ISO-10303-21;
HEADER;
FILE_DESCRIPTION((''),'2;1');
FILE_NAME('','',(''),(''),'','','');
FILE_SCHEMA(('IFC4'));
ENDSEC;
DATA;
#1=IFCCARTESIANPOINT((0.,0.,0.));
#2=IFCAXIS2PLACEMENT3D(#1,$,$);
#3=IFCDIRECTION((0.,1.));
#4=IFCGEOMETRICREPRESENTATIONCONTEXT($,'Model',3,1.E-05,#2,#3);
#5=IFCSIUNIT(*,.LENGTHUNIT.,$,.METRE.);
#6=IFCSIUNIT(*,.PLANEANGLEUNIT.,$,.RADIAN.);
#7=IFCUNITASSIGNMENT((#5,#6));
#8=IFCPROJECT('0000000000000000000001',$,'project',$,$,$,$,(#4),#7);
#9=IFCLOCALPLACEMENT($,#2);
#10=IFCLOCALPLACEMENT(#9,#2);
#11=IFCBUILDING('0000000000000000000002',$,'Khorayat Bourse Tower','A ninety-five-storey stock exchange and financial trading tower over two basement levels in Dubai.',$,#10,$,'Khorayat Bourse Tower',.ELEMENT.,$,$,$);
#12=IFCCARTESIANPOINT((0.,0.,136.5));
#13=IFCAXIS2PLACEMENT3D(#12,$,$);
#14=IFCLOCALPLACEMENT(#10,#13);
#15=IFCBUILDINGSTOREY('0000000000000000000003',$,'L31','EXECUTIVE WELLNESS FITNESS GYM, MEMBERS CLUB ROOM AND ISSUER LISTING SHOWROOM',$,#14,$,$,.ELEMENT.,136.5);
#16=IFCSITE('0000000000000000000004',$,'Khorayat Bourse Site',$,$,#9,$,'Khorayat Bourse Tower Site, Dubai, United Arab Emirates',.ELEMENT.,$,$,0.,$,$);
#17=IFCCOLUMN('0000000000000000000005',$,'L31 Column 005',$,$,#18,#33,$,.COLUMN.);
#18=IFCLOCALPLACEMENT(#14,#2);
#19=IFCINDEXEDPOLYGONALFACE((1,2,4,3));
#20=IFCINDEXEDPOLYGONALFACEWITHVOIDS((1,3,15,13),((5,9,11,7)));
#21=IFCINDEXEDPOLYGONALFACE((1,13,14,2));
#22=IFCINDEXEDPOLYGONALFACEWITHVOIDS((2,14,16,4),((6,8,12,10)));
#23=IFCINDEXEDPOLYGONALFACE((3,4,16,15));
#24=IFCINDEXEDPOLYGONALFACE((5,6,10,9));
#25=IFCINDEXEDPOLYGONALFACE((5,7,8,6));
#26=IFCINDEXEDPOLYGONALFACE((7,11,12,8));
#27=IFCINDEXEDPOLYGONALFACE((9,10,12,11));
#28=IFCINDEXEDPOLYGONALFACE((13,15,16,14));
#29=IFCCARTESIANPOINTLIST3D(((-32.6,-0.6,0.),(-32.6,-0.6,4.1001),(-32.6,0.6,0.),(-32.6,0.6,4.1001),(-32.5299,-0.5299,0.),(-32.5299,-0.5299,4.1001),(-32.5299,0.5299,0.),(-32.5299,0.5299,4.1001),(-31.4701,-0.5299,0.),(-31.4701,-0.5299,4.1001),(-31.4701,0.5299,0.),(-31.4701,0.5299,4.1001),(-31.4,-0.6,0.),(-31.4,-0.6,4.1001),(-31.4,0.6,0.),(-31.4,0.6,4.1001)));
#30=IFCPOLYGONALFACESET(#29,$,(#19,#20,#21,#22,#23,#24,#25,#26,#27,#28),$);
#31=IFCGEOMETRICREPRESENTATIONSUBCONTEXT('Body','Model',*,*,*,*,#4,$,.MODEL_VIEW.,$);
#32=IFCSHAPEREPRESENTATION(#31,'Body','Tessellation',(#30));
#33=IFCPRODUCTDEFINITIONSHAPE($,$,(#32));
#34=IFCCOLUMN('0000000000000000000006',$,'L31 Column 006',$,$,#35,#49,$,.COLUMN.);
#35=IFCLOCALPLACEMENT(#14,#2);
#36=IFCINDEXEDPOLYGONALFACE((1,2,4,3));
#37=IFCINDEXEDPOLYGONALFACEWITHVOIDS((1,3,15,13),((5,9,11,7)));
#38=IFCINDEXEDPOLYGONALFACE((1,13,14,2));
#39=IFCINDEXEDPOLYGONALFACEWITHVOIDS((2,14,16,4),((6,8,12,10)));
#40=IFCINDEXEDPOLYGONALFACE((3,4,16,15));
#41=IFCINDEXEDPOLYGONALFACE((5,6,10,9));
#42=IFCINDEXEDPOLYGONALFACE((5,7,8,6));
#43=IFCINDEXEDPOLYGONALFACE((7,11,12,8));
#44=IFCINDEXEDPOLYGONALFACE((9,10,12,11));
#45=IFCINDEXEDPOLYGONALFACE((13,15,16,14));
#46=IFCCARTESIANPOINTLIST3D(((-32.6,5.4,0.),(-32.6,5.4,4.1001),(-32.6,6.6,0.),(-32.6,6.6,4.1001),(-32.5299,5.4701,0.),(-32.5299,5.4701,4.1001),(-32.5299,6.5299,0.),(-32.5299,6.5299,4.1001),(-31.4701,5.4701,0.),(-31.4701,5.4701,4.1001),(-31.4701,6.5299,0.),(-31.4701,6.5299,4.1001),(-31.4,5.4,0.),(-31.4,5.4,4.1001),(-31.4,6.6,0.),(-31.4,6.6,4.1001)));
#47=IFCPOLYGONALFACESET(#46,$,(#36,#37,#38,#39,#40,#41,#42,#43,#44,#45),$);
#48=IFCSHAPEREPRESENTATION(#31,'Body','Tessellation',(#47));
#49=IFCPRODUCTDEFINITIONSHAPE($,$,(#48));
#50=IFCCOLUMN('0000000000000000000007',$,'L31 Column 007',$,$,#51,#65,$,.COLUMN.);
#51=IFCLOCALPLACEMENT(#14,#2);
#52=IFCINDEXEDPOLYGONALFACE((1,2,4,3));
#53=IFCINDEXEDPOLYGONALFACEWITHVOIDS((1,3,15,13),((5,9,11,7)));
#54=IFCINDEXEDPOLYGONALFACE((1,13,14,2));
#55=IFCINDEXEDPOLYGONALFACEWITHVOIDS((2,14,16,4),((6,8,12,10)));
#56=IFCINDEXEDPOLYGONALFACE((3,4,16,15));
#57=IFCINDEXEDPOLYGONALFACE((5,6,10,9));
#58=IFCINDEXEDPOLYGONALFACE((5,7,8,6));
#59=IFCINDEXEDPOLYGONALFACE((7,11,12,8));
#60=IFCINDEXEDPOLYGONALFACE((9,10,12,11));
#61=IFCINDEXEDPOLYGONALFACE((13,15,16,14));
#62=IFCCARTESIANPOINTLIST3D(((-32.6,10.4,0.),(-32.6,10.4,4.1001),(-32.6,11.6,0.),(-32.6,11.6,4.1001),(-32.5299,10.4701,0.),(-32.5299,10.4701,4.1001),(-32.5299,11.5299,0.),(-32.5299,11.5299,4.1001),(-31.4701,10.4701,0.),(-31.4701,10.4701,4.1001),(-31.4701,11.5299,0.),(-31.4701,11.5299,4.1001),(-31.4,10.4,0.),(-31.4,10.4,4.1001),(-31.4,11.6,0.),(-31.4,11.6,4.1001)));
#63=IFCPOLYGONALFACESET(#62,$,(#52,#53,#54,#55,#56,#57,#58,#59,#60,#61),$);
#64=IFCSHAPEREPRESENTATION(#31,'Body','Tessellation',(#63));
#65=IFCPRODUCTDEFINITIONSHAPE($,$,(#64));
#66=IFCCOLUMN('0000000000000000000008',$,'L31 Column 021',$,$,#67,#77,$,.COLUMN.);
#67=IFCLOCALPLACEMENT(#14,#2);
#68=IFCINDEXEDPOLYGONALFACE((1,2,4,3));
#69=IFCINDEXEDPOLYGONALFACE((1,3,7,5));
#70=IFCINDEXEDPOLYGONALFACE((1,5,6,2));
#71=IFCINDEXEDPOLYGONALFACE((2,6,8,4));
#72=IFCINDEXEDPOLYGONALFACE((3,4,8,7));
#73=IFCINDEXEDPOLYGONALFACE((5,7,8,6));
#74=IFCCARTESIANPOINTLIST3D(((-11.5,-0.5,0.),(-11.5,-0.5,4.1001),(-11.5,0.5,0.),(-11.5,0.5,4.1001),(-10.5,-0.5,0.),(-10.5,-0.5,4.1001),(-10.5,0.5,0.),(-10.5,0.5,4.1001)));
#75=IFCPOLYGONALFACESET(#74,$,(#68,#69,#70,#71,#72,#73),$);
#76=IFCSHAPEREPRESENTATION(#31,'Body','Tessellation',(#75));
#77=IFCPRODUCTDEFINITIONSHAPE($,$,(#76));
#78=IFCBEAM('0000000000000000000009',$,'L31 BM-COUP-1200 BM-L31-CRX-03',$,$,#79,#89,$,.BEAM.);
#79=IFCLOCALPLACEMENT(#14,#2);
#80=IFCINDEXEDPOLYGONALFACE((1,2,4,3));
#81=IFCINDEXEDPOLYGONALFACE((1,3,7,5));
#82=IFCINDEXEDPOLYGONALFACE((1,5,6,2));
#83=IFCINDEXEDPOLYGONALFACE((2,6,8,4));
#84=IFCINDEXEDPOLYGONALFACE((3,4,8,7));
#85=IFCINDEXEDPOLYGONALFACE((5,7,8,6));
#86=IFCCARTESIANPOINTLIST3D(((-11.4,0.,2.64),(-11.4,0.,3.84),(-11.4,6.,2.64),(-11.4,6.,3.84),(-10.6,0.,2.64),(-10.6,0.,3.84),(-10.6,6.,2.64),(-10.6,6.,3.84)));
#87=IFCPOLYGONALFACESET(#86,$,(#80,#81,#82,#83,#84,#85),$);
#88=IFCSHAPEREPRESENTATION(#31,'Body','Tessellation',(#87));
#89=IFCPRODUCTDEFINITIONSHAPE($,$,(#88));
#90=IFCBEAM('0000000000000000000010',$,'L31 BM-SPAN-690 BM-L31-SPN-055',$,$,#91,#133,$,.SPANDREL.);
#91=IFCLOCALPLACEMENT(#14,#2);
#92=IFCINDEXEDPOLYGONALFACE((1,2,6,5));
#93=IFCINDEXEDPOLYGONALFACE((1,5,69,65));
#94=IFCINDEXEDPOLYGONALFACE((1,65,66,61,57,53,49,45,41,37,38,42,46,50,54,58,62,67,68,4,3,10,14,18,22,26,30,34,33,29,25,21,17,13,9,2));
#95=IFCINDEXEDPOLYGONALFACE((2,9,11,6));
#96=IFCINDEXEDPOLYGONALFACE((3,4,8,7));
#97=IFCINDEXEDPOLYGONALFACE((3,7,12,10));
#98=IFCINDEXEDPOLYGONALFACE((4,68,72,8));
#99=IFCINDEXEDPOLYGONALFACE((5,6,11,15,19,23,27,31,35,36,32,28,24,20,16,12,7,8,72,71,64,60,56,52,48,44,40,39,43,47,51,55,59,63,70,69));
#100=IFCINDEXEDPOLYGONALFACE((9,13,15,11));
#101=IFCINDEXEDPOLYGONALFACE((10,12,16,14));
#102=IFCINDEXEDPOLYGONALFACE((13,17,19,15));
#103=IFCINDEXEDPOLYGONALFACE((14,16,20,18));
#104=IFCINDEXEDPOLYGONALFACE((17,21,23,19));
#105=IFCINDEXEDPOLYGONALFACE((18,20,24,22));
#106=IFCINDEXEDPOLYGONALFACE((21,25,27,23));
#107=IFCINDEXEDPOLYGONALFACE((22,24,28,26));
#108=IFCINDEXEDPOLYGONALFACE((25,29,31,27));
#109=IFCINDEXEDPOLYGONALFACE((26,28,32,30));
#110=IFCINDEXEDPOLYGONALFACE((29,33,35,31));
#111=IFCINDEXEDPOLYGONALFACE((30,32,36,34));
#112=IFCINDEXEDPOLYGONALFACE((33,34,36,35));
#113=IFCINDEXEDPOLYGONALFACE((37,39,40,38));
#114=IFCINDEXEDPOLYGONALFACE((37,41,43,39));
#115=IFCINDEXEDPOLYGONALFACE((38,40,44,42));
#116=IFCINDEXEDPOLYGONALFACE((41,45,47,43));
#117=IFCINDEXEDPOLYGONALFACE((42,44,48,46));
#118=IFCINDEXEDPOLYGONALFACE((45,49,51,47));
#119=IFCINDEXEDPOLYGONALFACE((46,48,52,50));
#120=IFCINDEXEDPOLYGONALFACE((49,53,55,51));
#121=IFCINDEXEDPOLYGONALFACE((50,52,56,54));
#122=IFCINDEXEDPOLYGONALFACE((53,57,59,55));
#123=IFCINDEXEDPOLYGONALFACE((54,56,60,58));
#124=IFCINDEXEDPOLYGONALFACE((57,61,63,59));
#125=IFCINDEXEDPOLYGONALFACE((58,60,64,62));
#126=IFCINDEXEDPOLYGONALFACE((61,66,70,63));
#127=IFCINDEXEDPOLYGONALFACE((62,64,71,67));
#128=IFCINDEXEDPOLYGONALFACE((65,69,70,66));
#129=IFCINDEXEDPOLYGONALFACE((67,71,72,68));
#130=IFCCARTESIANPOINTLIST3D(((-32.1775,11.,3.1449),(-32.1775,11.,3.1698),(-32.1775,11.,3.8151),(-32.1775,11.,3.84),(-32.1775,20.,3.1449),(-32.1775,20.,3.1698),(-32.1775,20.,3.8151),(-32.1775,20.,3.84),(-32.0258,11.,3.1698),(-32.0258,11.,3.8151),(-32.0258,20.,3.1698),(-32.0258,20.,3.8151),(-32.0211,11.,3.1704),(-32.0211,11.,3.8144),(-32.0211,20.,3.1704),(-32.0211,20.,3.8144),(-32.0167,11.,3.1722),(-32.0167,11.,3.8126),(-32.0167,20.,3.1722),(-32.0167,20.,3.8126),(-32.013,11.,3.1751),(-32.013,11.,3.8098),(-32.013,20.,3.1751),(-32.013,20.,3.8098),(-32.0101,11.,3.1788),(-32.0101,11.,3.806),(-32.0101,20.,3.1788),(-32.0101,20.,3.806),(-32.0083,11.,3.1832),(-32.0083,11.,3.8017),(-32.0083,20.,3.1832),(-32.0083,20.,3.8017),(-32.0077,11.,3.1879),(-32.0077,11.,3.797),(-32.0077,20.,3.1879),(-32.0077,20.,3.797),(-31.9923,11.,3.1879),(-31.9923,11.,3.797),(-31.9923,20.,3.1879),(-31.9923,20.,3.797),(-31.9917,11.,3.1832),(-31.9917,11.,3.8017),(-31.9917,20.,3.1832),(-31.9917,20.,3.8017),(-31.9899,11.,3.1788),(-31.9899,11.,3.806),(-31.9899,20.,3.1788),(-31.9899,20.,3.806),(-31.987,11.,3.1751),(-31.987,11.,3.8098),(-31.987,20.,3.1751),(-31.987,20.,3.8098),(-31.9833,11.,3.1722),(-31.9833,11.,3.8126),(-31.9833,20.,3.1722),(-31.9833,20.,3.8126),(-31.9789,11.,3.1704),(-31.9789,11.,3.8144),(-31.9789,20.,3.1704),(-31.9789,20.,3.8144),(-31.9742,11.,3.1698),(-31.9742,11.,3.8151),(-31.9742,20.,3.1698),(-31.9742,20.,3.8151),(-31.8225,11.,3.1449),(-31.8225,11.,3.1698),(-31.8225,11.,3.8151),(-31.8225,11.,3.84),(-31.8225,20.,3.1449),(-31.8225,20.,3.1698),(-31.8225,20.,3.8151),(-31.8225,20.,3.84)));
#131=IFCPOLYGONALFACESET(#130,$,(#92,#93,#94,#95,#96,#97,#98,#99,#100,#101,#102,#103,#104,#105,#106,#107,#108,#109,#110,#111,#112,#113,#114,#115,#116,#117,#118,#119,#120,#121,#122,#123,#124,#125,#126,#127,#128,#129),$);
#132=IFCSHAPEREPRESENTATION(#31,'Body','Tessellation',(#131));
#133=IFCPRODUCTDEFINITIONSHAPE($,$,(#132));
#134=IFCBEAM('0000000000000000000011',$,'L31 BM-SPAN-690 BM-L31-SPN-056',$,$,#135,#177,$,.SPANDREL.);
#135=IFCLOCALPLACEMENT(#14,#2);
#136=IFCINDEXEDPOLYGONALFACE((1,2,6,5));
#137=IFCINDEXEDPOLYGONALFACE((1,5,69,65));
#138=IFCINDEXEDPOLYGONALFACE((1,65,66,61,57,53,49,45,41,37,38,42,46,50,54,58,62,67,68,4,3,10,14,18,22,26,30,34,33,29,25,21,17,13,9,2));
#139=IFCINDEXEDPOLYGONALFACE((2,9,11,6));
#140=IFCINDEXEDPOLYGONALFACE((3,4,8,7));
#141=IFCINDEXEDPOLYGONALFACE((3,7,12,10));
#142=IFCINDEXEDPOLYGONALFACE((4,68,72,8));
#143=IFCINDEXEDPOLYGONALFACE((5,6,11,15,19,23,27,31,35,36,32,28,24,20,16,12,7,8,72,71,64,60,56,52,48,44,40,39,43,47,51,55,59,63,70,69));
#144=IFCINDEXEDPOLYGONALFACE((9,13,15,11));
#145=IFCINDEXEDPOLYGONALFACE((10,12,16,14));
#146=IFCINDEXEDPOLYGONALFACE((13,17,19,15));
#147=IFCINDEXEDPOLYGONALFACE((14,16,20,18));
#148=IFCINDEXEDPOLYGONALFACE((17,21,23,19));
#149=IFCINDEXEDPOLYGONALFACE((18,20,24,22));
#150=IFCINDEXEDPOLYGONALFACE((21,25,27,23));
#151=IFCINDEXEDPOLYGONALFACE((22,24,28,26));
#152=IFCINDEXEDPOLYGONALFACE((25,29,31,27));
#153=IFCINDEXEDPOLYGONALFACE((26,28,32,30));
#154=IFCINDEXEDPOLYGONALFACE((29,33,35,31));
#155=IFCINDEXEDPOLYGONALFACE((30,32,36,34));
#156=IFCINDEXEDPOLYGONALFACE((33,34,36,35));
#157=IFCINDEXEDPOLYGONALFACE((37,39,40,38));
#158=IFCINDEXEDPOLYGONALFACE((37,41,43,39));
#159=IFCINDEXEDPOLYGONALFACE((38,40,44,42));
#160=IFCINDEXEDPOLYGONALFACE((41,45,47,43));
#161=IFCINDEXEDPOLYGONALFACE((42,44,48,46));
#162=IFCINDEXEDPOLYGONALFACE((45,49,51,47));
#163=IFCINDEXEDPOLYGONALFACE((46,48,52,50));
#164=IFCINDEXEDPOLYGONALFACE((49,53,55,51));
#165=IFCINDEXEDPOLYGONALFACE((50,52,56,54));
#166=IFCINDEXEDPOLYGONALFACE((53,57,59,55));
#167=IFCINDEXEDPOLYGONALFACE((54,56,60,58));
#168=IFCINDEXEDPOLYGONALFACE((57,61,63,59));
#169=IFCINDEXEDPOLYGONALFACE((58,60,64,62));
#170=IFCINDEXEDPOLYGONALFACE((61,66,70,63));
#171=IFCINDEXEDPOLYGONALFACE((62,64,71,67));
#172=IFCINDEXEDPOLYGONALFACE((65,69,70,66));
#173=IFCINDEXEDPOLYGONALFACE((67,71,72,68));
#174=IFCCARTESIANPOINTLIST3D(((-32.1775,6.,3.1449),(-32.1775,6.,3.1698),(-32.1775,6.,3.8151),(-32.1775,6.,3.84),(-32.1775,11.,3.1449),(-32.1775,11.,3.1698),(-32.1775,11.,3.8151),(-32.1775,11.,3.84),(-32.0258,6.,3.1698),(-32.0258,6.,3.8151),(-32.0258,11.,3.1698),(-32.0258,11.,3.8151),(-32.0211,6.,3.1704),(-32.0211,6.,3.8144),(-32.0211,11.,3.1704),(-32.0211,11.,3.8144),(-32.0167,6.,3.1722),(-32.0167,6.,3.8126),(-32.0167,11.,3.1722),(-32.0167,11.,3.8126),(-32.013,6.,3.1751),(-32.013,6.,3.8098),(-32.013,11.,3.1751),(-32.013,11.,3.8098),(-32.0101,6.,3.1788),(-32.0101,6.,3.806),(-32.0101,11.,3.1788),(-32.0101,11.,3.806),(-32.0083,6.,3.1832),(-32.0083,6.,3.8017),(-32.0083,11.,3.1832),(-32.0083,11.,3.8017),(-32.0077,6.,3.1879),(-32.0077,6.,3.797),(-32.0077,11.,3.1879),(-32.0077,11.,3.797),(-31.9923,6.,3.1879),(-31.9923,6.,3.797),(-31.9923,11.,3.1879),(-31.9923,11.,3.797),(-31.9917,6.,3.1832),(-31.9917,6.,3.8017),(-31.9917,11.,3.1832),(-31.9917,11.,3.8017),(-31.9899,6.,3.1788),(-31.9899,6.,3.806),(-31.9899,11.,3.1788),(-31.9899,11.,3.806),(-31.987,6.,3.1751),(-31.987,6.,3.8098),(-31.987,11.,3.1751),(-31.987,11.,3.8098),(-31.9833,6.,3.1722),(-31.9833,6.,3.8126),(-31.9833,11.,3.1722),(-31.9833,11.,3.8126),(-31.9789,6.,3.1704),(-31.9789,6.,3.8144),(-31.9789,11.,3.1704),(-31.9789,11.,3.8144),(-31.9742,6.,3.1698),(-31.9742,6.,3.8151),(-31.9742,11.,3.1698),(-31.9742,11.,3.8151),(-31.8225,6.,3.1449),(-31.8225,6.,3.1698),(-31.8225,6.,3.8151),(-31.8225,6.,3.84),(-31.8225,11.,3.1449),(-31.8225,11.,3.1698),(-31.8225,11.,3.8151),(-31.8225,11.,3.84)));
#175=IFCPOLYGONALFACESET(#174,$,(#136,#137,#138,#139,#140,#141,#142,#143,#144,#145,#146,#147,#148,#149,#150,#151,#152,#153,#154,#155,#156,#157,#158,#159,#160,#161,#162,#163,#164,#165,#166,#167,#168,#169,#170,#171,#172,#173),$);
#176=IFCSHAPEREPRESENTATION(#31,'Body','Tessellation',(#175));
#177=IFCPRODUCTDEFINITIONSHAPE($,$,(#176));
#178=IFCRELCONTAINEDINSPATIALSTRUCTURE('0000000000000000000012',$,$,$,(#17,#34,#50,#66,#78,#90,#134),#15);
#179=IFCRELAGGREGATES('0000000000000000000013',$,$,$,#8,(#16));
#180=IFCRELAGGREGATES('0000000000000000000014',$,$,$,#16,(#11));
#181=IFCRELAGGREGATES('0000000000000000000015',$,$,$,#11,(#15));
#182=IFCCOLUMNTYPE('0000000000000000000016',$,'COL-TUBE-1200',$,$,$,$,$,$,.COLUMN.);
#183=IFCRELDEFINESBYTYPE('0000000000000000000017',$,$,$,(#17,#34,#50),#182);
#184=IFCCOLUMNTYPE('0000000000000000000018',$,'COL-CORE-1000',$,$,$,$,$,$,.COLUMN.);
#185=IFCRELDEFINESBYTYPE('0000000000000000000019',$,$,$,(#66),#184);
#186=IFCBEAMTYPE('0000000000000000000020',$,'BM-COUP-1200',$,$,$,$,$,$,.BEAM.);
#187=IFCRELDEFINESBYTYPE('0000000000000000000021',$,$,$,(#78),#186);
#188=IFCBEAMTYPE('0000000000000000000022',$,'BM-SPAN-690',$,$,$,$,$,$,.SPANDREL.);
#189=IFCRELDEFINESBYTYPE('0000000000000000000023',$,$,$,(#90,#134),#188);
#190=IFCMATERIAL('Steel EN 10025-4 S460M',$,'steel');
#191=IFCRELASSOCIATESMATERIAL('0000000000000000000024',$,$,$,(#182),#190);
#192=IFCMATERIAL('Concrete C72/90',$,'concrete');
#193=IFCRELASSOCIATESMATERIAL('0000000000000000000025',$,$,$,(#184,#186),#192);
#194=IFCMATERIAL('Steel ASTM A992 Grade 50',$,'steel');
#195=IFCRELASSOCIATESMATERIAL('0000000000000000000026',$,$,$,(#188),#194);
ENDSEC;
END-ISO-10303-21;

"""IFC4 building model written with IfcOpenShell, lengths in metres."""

from ifc_helpers import new_model, si_unit, direction, frame, origin, origin_2d, place, context, subcontext, project, spatial, rectangle, hollow_rectangle, i_section, extrude, source, transform, mapped, material, material_profile, profile_set, type_object, element, save


model = new_model("IFC4")

# Units and contexts
model_context = context("Model", 3, precision=1e-05, world=origin(), true_north=direction((0.0, 1.0)))
body_context = subcontext(model_context, "Body", "Model", "MODEL_VIEW")
ifc_project = project(units=[si_unit("LENGTHUNIT", "METRE"), si_unit("PLANEANGLEUNIT", "RADIAN")], contexts=[model_context])

# Site, building, storey
site_placement = place(None, origin())
site = spatial("IfcSite", under=ifc_project, at=site_placement, Name="Khorayat Bourse Site", LongName="Khorayat Bourse Tower Site, Dubai, United Arab Emirates", CompositionType="ELEMENT", RefElevation=0.0)
building_placement = place(site_placement, origin())
building = spatial("IfcBuilding", under=site, at=building_placement, Name="Khorayat Bourse Tower", Description="A ninety-five-storey stock exchange and financial trading tower over two basement levels in Dubai.", LongName="Khorayat Bourse Tower", CompositionType="ELEMENT")
storey_placement = place(building_placement, frame((0.0, 0.0, 136.5)))
storey = spatial("IfcBuildingStorey", under=building, at=storey_placement, Name="L31", Description="EXECUTIVE WELLNESS FITNESS GYM, MEMBERS CLUB ROOM AND ISSUER LISTING SHOWROOM", CompositionType="ELEMENT", Elevation=136.5)

# Columns
ifc_material_1 = material(Name="Steel EN 10025-4 S460M", Category="steel")
ifc_material_profile_1 = material_profile(ifc_material_1, hollow_rectangle(XDim=1.2, YDim=1.2, WallThickness=0.0701, at=origin_2d()), Name="BOX 1200x1200x70")
ifc_profile_set_1 = profile_set([ifc_material_profile_1], Name="Steel EN 10025-4 S460M")
column_type_1 = type_object("IfcColumnType", Name="COL-TUBE-1200", PredefinedType="COLUMN", material=ifc_profile_set_1)
shared_shape_1 = source(origin(), body_context, "Body", "SweptSolid", [
    extrude(hollow_rectangle(XDim=1.2, YDim=1.2, WallThickness=0.0701, at=origin_2d()), origin(), (0.0, 0.0, 1.0), 4.1001),
])
for number, where, z_axis, x_axis, name in (
    (1, (-32.0, 0.0, 0.0), (0.0, 0.0, 1.0), (1.0, 0.0, 0.0), "L31 Column 005"),
    (2, (-32.0, 6.0, 0.0), (0.0, 0.0, 1.0), (1.0, 0.0, 0.0), "L31 Column 006"),
    (3, (-32.0, 11.0, 0.0), (0.0, 0.0, 1.0), (1.0, 0.0, 0.0), "L31 Column 007"),
):
    element("IfcColumn", number, at=place(storey_placement, frame(where, z_axis=z_axis, x_axis=x_axis)), inside=storey, type_object=column_type_1, Name=name, PredefinedType="COLUMN", context=body_context, shape_type="MappedRepresentation", body=[
        mapped(shared_shape_1, transform((0.0, 0.0, 0.0), scale=1.0)),
    ])
ifc_material_2 = material(Name="Concrete C72/90", Category="concrete")
ifc_material_profile_2 = material_profile(ifc_material_2, rectangle(XDim=1.0, YDim=1.0, at=origin_2d()), Name="RC 1000x1000")
ifc_profile_set_2 = profile_set([ifc_material_profile_2], Name="Concrete C72/90")
column_type_2 = type_object("IfcColumnType", Name="COL-CORE-1000", PredefinedType="COLUMN", material=ifc_profile_set_2)
shared_shape_2 = source(origin(), body_context, "Body", "SweptSolid", [
    extrude(rectangle(XDim=1.0, YDim=1.0, at=origin_2d()), origin(), (0.0, 0.0, 1.0), 4.1001),
])
column_placement = place(storey_placement, frame((-11.0, 0.0, 0.0), z_axis=(0.0, 0.0, 1.0), x_axis=(1.0, 0.0, 0.0)))
element("IfcColumn", 4, at=column_placement, inside=storey, type_object=column_type_2, Name="L31 Column 021", PredefinedType="COLUMN", context=body_context, shape_type="MappedRepresentation", body=[
    mapped(shared_shape_2, transform((0.0, 0.0, 0.0), scale=1.0)),
])

# Beams
ifc_material_profile_3 = material_profile(ifc_material_2, rectangle(XDim=0.8, YDim=1.2, at=origin_2d()), Name="RC 800x1200")
ifc_profile_set_3 = profile_set([ifc_material_profile_3], Name="Concrete C72/90")
beam_type_1 = type_object("IfcBeamType", Name="BM-COUP-1200", PredefinedType="BEAM", material=ifc_profile_set_3)
shared_shape_3 = source(origin(), body_context, "Body", "SweptSolid", [
    extrude(rectangle(XDim=0.8, YDim=1.2, at=origin_2d()), origin(), (0.0, 0.0, 1.0), 6.0),
])
beam_1_placement = place(storey_placement, frame((-11.0, 0.0, 3.24), z_axis=(0.0, 1.0, 0.0), x_axis=(-1.0, 0.0, 0.0)))
element("IfcBeam", 5, at=beam_1_placement, inside=storey, type_object=beam_type_1, Name="L31 BM-COUP-1200 BM-L31-CRX-03", PredefinedType="BEAM", context=body_context, shape_type="MappedRepresentation", body=[
    mapped(shared_shape_3, transform((0.0, 0.0, 0.0), scale=1.0)),
])
ifc_material_3 = material(Name="Steel ASTM A992 Grade 50", Category="steel")
ifc_material_profile_4 = material_profile(ifc_material_3, i_section(OverallWidth=0.355, OverallDepth=0.6951, WebThickness=0.0154, FlangeThickness=0.0249, FilletRadius=0.0181, at=origin_2d()), Name="W690X217")
ifc_profile_set_4 = profile_set([ifc_material_profile_4], Name="Steel ASTM A992 Grade 50")
beam_type_2 = type_object("IfcBeamType", Name="BM-SPAN-690", PredefinedType="SPANDREL", material=ifc_profile_set_4)
shared_shape_4 = source(origin(), body_context, "Body", "SweptSolid", [
    extrude(i_section(OverallWidth=0.355, OverallDepth=0.6951, WebThickness=0.0154, FlangeThickness=0.0249, FilletRadius=0.0181, at=origin_2d()), origin(), (0.0, 0.0, 1.0), 9.0),
])
beam_2_placement = place(storey_placement, frame((-32.0, 11.0, 3.4924), z_axis=(0.0, 1.0, 0.0), x_axis=(-1.0, 0.0, 0.0)))
element("IfcBeam", 6, at=beam_2_placement, inside=storey, type_object=beam_type_2, Name="L31 BM-SPAN-690 BM-L31-SPN-055", PredefinedType="SPANDREL", context=body_context, shape_type="MappedRepresentation", body=[
    mapped(shared_shape_4, transform((0.0, 0.0, 0.0), scale=1.0)),
])
shared_shape_5 = source(origin(), body_context, "Body", "SweptSolid", [
    extrude(i_section(OverallWidth=0.355, OverallDepth=0.6951, WebThickness=0.0154, FlangeThickness=0.0249, FilletRadius=0.0181, at=origin_2d()), origin(), (0.0, 0.0, 1.0), 5.0),
])
beam_3_placement = place(storey_placement, frame((-32.0, 6.0, 3.4924), z_axis=(0.0, 1.0, 0.0), x_axis=(-1.0, 0.0, 0.0)))
element("IfcBeam", 7, at=beam_3_placement, inside=storey, type_object=beam_type_2, Name="L31 BM-SPAN-690 BM-L31-SPN-056", PredefinedType="SPANDREL", context=body_context, shape_type="MappedRepresentation", body=[
    mapped(shared_shape_5, transform((0.0, 0.0, 0.0), scale=1.0)),
])

save(model, "model.ifc")
